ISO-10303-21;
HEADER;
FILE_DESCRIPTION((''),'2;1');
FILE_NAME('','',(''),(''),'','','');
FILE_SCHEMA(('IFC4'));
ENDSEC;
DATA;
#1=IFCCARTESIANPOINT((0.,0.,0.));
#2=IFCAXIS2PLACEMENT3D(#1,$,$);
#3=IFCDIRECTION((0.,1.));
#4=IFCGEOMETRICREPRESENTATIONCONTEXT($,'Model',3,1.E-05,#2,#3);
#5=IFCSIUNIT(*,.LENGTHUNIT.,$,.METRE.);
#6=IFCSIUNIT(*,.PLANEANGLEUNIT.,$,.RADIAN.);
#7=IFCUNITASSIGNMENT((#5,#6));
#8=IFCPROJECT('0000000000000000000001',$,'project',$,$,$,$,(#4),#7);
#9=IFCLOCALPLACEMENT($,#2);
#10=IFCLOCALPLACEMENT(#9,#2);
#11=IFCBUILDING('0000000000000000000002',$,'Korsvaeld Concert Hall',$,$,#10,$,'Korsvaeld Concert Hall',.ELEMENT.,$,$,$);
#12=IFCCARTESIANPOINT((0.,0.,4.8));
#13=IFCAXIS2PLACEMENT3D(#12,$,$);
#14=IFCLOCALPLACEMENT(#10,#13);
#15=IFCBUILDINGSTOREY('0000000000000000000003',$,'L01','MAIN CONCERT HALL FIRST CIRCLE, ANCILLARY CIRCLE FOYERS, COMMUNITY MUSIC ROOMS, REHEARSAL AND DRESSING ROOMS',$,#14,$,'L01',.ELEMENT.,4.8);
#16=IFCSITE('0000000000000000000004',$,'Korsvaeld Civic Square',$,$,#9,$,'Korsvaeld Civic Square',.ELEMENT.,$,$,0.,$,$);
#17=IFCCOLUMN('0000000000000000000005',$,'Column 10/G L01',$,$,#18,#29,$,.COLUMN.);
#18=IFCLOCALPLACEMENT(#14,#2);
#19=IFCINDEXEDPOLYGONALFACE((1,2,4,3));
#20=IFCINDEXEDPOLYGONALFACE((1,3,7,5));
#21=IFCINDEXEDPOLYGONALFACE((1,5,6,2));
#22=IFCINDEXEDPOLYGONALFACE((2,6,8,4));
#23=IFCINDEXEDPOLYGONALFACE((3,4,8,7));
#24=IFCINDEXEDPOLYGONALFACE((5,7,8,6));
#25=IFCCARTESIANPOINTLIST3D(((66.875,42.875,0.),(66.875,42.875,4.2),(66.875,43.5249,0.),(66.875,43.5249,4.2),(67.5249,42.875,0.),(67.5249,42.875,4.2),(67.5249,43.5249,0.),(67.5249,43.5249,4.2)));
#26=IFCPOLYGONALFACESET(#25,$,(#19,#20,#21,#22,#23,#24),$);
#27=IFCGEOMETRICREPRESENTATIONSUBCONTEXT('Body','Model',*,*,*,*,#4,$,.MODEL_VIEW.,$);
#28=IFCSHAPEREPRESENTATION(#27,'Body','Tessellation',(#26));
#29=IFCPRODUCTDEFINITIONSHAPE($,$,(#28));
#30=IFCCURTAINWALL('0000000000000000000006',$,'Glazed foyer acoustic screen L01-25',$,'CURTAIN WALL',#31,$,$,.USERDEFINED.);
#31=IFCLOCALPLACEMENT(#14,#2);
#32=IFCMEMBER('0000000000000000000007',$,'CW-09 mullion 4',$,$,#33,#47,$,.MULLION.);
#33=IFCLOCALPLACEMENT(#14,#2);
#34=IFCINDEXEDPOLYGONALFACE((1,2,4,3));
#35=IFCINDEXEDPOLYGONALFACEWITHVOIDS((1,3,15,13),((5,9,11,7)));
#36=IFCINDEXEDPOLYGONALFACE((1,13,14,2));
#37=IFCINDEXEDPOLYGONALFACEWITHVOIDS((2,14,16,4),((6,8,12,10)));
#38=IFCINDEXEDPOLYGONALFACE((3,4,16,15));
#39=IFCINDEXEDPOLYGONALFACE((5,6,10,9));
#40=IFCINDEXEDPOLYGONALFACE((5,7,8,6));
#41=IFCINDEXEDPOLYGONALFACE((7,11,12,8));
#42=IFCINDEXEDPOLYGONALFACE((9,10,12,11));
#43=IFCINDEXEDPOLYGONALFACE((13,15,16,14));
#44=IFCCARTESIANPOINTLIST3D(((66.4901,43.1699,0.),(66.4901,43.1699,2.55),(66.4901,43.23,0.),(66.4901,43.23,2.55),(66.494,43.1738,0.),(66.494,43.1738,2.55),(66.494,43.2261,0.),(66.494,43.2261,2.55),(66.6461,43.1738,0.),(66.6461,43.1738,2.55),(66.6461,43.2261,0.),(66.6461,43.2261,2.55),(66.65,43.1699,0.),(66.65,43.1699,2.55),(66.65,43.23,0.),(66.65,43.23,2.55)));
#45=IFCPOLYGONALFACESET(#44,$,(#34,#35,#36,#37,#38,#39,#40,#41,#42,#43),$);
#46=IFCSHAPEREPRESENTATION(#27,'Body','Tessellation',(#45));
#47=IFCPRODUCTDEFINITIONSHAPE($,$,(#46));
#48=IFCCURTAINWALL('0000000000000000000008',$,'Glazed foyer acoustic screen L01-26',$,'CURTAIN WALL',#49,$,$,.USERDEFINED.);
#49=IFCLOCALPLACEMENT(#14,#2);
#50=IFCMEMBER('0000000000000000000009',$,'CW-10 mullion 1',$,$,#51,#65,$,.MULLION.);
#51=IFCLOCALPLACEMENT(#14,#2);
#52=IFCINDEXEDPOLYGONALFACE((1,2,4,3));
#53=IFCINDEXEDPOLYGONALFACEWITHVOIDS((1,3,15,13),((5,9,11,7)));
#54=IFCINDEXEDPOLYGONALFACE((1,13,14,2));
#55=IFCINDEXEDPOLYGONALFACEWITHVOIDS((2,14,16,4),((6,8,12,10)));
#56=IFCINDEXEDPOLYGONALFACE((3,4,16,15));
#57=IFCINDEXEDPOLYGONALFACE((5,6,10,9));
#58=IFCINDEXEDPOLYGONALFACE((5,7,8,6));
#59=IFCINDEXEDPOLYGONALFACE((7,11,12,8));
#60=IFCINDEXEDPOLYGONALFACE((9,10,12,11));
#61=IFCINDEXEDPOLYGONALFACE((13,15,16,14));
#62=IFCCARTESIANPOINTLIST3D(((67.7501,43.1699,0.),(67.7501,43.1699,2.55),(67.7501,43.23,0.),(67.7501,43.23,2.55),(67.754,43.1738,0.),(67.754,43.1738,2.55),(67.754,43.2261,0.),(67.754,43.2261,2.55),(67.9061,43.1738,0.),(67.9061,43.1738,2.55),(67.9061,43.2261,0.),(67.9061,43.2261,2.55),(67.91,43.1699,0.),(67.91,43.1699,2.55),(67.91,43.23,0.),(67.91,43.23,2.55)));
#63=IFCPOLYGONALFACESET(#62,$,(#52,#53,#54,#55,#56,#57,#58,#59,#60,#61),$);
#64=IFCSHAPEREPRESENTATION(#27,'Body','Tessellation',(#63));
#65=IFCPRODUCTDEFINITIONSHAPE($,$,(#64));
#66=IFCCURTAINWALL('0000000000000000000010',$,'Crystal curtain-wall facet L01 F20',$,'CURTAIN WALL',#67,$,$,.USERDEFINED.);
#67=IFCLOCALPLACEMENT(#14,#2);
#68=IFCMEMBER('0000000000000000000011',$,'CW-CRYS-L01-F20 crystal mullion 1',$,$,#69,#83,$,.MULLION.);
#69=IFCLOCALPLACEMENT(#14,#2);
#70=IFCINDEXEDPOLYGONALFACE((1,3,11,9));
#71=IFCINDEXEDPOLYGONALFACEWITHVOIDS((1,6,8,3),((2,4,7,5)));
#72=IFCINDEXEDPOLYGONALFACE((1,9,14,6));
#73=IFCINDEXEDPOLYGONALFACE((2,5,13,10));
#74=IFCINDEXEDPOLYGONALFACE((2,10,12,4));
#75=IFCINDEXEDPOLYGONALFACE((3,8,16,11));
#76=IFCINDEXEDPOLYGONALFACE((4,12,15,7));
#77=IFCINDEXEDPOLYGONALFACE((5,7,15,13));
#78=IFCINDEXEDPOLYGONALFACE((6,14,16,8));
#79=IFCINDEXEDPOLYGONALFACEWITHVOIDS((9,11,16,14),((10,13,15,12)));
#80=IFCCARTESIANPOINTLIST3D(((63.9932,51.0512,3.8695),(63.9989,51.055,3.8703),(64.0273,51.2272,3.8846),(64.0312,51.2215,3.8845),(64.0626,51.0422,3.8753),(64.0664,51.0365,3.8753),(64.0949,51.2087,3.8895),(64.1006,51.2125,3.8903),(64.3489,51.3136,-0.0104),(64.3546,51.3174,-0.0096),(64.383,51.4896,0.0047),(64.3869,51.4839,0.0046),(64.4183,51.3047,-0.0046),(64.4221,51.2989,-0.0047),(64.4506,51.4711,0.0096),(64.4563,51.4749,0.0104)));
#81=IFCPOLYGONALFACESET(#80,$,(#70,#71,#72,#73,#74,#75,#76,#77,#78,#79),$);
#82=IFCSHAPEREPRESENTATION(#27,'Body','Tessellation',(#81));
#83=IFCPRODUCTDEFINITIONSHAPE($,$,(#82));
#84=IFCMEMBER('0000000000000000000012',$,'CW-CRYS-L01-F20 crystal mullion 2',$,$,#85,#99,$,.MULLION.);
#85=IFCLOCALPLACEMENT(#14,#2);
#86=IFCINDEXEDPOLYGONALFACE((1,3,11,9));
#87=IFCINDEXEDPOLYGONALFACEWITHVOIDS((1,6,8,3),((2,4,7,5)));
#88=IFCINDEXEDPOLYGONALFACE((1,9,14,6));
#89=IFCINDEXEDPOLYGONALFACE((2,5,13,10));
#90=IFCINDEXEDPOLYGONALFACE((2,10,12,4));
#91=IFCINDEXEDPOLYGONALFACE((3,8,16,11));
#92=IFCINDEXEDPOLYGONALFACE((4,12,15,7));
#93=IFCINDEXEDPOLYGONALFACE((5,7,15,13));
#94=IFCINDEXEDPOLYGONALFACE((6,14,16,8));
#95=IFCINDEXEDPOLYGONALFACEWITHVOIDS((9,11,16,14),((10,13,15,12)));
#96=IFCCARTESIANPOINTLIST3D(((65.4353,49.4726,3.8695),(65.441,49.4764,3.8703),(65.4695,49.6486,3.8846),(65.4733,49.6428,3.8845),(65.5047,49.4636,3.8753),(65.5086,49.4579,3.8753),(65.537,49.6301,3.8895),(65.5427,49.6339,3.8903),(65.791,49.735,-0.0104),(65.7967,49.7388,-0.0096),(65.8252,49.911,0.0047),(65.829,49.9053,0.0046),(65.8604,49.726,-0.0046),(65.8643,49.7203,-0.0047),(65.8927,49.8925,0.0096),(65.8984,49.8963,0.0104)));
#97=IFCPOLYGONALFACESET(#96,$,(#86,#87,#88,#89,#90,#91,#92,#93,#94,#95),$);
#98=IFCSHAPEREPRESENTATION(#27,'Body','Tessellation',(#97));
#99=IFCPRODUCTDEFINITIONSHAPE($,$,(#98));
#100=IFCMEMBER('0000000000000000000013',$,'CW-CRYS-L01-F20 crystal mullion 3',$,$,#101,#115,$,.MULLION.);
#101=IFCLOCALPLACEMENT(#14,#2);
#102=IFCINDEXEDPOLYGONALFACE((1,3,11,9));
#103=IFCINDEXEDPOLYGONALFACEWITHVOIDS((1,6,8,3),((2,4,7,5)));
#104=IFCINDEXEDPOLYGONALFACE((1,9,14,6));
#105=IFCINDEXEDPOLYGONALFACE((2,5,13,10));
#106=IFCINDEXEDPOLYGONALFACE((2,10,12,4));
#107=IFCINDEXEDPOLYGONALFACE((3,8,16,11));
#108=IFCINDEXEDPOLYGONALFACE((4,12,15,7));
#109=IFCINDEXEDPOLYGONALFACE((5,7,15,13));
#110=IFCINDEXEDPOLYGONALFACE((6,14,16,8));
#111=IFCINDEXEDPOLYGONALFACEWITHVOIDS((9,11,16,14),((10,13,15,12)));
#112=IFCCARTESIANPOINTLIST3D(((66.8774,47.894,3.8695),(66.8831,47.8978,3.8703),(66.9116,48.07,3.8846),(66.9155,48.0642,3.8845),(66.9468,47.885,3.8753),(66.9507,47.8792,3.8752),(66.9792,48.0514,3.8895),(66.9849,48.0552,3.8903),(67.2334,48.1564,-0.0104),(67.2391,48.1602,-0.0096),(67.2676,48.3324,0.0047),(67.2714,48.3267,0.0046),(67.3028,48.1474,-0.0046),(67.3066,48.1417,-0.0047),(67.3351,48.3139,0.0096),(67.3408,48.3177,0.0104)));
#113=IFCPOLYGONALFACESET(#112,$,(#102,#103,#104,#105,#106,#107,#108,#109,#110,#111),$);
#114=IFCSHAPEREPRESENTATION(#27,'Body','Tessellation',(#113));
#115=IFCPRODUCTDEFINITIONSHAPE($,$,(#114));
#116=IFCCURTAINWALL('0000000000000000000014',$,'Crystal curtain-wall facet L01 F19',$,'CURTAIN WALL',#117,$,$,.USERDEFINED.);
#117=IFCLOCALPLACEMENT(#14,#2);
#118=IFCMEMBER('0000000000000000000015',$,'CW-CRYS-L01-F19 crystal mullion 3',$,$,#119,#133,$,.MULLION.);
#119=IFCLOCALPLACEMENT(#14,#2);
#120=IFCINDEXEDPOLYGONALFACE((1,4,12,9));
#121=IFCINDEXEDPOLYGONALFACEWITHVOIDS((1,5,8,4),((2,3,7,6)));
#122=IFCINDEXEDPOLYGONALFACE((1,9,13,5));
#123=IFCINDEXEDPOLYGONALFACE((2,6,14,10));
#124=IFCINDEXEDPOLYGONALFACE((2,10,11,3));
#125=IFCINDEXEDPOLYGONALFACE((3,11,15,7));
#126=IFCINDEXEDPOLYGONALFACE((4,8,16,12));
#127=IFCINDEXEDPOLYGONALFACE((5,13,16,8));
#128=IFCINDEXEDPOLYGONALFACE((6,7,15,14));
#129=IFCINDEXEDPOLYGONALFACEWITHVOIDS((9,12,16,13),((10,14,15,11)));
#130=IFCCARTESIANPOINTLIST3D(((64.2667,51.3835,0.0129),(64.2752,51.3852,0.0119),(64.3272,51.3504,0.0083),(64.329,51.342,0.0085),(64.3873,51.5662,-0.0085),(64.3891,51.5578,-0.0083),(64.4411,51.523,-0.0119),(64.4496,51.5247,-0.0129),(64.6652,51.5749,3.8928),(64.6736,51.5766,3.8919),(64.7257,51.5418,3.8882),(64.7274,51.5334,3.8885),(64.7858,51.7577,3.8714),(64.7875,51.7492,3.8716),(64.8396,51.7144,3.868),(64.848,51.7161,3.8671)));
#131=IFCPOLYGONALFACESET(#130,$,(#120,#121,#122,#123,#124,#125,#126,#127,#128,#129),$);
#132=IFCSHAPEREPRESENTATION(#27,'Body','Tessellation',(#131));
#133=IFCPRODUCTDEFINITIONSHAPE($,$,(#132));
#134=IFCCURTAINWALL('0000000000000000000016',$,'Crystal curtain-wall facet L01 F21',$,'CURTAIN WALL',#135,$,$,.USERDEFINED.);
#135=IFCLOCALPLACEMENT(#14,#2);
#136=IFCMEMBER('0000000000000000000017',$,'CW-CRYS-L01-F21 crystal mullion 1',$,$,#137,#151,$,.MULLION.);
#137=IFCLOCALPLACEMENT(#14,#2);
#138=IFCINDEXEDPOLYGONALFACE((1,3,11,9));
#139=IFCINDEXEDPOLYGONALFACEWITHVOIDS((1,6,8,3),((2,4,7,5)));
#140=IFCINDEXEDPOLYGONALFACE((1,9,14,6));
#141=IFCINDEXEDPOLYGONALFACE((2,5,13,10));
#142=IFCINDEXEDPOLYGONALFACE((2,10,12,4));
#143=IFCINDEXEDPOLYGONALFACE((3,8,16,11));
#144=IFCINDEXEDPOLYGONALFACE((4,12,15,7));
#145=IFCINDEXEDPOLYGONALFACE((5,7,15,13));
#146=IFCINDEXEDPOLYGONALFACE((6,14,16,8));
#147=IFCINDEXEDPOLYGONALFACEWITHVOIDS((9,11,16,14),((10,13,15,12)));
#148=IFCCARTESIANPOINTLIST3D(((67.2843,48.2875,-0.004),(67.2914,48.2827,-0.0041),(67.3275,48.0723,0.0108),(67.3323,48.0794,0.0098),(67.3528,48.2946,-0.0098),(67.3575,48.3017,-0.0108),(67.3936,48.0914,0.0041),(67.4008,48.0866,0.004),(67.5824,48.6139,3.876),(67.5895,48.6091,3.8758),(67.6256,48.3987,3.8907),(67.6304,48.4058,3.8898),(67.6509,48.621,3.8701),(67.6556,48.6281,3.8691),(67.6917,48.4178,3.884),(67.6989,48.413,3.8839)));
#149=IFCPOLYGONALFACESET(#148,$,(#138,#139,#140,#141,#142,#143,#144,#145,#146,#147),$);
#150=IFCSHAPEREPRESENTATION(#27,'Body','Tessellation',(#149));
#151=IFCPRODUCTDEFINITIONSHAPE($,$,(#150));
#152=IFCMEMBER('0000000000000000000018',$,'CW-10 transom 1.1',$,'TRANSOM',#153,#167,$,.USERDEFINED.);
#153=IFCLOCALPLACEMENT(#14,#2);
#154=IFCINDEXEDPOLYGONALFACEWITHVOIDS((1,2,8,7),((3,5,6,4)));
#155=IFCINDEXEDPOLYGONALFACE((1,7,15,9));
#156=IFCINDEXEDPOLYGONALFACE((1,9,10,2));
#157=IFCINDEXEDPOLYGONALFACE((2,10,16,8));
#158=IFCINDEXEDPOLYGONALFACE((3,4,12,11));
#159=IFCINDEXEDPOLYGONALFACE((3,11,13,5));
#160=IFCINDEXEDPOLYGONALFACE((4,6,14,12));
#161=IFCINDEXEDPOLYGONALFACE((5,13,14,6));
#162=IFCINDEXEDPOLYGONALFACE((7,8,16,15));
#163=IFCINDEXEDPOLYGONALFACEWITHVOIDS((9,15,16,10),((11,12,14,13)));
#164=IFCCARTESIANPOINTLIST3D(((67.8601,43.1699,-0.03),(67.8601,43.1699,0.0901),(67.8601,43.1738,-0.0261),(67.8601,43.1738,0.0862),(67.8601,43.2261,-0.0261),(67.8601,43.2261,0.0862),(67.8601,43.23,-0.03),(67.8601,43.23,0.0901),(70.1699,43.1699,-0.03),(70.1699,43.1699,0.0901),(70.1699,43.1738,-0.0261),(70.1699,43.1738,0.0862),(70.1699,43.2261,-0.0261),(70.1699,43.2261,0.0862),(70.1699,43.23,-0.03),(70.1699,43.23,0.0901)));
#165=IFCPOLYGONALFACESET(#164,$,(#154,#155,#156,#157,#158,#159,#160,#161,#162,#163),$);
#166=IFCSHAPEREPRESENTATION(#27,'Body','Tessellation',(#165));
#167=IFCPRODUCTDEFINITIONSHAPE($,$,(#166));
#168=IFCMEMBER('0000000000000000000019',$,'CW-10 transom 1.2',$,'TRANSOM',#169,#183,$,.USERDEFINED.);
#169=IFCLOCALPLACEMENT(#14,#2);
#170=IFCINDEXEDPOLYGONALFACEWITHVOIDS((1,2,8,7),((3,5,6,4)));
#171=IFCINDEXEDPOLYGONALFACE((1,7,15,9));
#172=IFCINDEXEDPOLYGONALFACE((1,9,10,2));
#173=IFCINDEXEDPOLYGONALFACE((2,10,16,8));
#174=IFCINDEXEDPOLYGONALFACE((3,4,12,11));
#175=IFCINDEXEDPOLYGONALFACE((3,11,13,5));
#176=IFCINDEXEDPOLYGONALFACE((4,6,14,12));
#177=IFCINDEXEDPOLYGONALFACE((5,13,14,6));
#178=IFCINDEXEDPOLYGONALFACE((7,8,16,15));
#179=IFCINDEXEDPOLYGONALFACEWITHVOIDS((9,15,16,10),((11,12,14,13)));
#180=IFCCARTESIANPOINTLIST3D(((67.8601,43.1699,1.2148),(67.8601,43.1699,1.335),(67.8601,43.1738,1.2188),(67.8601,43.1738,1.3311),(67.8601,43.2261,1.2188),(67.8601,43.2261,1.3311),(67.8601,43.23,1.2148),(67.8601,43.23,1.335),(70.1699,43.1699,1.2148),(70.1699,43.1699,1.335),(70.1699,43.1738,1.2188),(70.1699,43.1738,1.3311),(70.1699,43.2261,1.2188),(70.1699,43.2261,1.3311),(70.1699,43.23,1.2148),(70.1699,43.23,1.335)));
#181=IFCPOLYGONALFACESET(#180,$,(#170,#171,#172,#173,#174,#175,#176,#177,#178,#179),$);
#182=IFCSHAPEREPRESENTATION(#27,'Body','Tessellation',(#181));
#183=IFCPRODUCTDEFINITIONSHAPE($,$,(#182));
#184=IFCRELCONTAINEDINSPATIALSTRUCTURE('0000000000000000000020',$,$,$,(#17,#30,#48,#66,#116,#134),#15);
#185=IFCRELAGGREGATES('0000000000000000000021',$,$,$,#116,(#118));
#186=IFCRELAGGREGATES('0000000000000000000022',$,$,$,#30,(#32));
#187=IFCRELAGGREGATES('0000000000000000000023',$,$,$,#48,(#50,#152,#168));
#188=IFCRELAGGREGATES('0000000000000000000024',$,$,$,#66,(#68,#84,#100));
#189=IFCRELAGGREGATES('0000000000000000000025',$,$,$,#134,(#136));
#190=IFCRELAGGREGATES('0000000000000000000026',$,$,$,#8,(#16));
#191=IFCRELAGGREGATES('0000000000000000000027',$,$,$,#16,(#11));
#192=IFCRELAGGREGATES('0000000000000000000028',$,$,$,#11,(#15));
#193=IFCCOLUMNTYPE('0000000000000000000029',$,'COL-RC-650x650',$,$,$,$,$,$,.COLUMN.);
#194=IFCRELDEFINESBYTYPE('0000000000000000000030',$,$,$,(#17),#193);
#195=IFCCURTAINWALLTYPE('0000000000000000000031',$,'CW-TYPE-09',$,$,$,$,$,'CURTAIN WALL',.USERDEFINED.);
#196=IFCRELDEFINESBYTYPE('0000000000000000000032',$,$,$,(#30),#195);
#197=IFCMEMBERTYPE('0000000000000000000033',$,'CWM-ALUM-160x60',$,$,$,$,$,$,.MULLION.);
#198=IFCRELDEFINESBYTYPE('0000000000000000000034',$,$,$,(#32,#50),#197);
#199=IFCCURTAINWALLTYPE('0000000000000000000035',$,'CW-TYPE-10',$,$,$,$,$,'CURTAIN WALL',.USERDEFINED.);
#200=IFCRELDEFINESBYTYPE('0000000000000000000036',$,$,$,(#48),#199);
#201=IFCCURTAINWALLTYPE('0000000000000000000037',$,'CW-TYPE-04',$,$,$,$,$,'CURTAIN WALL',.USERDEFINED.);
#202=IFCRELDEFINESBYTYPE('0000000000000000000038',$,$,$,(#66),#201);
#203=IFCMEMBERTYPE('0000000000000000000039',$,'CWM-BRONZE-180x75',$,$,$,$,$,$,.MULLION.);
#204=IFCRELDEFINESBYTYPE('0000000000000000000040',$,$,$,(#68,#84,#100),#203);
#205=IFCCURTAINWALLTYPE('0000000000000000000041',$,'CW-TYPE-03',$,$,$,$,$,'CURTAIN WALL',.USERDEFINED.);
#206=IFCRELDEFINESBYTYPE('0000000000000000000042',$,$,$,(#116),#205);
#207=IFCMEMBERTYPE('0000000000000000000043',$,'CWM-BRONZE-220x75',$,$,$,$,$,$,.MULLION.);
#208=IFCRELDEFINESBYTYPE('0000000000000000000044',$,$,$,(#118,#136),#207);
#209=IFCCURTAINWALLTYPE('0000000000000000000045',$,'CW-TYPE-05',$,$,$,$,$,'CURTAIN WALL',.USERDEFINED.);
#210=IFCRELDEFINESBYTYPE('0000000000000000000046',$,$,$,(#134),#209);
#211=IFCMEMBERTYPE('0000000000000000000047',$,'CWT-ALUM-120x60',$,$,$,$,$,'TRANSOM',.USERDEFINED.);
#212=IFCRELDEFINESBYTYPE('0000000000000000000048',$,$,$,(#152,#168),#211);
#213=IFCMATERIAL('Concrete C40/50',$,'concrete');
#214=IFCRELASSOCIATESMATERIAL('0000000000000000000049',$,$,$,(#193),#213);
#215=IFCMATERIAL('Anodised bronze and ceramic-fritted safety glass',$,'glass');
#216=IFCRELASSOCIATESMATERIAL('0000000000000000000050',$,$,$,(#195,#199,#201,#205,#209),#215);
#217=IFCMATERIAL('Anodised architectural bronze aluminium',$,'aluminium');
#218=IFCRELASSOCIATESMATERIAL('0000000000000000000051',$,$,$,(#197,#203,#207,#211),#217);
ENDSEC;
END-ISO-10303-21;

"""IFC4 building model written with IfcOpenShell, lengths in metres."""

from ifc_helpers import new_model, si_unit, direction, frame, origin, origin_2d, place, context, subcontext, project, spatial, rectangle, hollow_rectangle, extrude, material, material_profile, profile_set, type_object, element, aggregate, save


model = new_model("IFC4")

# Units and contexts
model_context = context("Model", 3, precision=1e-05, world=origin(), true_north=direction((0.0, 1.0)))
body_context = subcontext(model_context, "Body", "Model", "MODEL_VIEW")
ifc_project = project(units=[si_unit("LENGTHUNIT", "METRE"), si_unit("PLANEANGLEUNIT", "RADIAN")], contexts=[model_context])

# Site, building, storey
site_placement = place(None, origin())
site = spatial("IfcSite", under=ifc_project, at=site_placement, Name="Korsvaeld Civic Square", LongName="Korsvaeld Civic Square", CompositionType="ELEMENT", RefElevation=0.0)
building_placement = place(site_placement, origin())
building = spatial("IfcBuilding", under=site, at=building_placement, Name="Korsvaeld Concert Hall", LongName="Korsvaeld Concert Hall", CompositionType="ELEMENT")
storey_placement = place(building_placement, frame((0.0, 0.0, 4.8)))
storey = spatial("IfcBuildingStorey", under=building, at=storey_placement, Name="L01", Description="MAIN CONCERT HALL FIRST CIRCLE, ANCILLARY CIRCLE FOYERS, COMMUNITY MUSIC ROOMS, REHEARSAL AND DRESSING ROOMS", LongName="L01", CompositionType="ELEMENT", Elevation=4.8)

# Column
ifc_material_1 = material(Name="Concrete C40/50", Category="concrete")
ifc_material_profile_1 = material_profile(ifc_material_1, rectangle(XDim=0.6499, YDim=0.6499, at=origin_2d()), Name="RC 650x650")
ifc_profile_set_1 = profile_set([ifc_material_profile_1], Name="Concrete C40/50")
column_type = type_object("IfcColumnType", Name="COL-RC-650x650", PredefinedType="COLUMN", material=ifc_profile_set_1)
column_placement = place(storey_placement, frame((67.2, 43.2, 0.0), z_axis=(0.0, 0.0, 1.0), x_axis=(1.0, 0.0, 0.0)))
element("IfcColumn", 1, at=column_placement, inside=storey, type_object=column_type, Name="Column 10/G L01", PredefinedType="COLUMN", context=body_context, shape_type="SweptSolid", body=[
    extrude(rectangle(XDim=0.6499, YDim=0.6499, at=origin_2d()), origin(), (0.0, 0.0, 1.0), 4.2),
])

# Curtain walls, members
ifc_material_2 = material(Name="Anodised bronze and ceramic-fritted safety glass", Category="glass")
curtain_wall_type_1 = type_object("IfcCurtainWallType", Name="CW-TYPE-09", ElementType="CURTAIN WALL", PredefinedType="USERDEFINED", material=ifc_material_2)
curtain_wall_1_placement = place(storey_placement, origin())
curtain_wall_1 = element("IfcCurtainWall", 2, at=curtain_wall_1_placement, inside=storey, type_object=curtain_wall_type_1, Name="Glazed foyer acoustic screen L01-25", ObjectType="CURTAIN WALL", PredefinedType="USERDEFINED")
ifc_material_3 = material(Name="Anodised architectural bronze aluminium", Category="aluminium")
ifc_material_profile_2 = material_profile(ifc_material_3, hollow_rectangle(XDim=0.0601, YDim=0.1599, WallThickness=0.0039, at=origin_2d()), Name="CWM 160x60x4")
ifc_profile_set_2 = profile_set([ifc_material_profile_2], Name="Anodised architectural bronze aluminium")
member_type_1 = type_object("IfcMemberType", Name="CWM-ALUM-160x60", PredefinedType="MULLION", material=ifc_profile_set_2)
member_1_placement = place(storey_placement, frame((66.5701, 43.2, 0.0), z_axis=(0.0, 0.0, 1.0), x_axis=(0.0, 1.0, 0.0)))
member_1 = element("IfcMember", 3, at=member_1_placement, type_object=member_type_1, Name="CW-09 mullion 4", PredefinedType="MULLION", context=body_context, shape_type="SweptSolid", body=[
    extrude(hollow_rectangle(XDim=0.0601, YDim=0.1599, WallThickness=0.0039, at=origin_2d()), origin(), (0.0, 0.0, 1.0), 2.55),
])
curtain_wall_type_2 = type_object("IfcCurtainWallType", Name="CW-TYPE-10", ElementType="CURTAIN WALL", PredefinedType="USERDEFINED", material=ifc_material_2)
curtain_wall_2_placement = place(storey_placement, origin())
curtain_wall_2 = element("IfcCurtainWall", 4, at=curtain_wall_2_placement, inside=storey, type_object=curtain_wall_type_2, Name="Glazed foyer acoustic screen L01-26", ObjectType="CURTAIN WALL", PredefinedType="USERDEFINED")
member_2_placement = place(storey_placement, frame((67.8301, 43.2, 0.0), z_axis=(0.0, 0.0, 1.0), x_axis=(0.0, 1.0, 0.0)))
member_2 = element("IfcMember", 5, at=member_2_placement, type_object=member_type_1, Name="CW-10 mullion 1", PredefinedType="MULLION", context=body_context, shape_type="SweptSolid", body=[
    extrude(hollow_rectangle(XDim=0.0601, YDim=0.1599, WallThickness=0.0039, at=origin_2d()), origin(), (0.0, 0.0, 1.0), 2.55),
])

# Curtain wall, members
curtain_wall_type_3 = type_object("IfcCurtainWallType", Name="CW-TYPE-04", ElementType="CURTAIN WALL", PredefinedType="USERDEFINED", material=ifc_material_2)
curtain_wall_3_placement = place(storey_placement, origin())
curtain_wall_3 = element("IfcCurtainWall", 6, at=curtain_wall_3_placement, inside=storey, type_object=curtain_wall_type_3, Name="Crystal curtain-wall facet L01 F20", ObjectType="CURTAIN WALL", PredefinedType="USERDEFINED")
ifc_material_profile_3 = material_profile(ifc_material_3, hollow_rectangle(XDim=0.075, YDim=0.1799, WallThickness=0.0049, at=origin_2d()), Name="CWM 180x75x5")
ifc_profile_set_3 = profile_set([ifc_material_profile_3], Name="Anodised architectural bronze aluminium")
member_type_2 = type_object("IfcMemberType", Name="CWM-BRONZE-180x75", PredefinedType="MULLION", material=ifc_profile_set_3)
member_3_placement = place(storey_placement, frame((64.4026, 51.3943, 0.0), z_axis=(-0.091092, -0.067209, 0.993572), x_axis=(0.977585, -0.196208, 0.076354)))
member_3 = element("IfcMember", 7, at=member_3_placement, type_object=member_type_2, Name="CW-CRYS-L01-F20 crystal mullion 1", PredefinedType="MULLION", context=body_context, shape_type="SweptSolid", body=[
    extrude(hollow_rectangle(XDim=0.075, YDim=0.1799, WallThickness=0.0049, at=origin_2d()), origin(), (0.0, 0.0, 1.0), 3.905),
])
member_4_placement = place(storey_placement, frame((65.8447, 49.8157, 0.0), z_axis=(-0.091092, -0.067209, 0.993572), x_axis=(0.977585, -0.196208, 0.076354)))
member_4 = element("IfcMember", 8, at=member_4_placement, type_object=member_type_2, Name="CW-CRYS-L01-F20 crystal mullion 2", PredefinedType="MULLION", context=body_context, shape_type="SweptSolid", body=[
    extrude(hollow_rectangle(XDim=0.075, YDim=0.1799, WallThickness=0.0049, at=origin_2d()), origin(), (0.0, 0.0, 1.0), 3.905),
])
member_5_placement = place(storey_placement, frame((67.2871, 48.2371, 0.0), z_axis=(-0.091154, -0.067209, 0.993566), x_axis=(0.977518, -0.196531, 0.076388)))
member_5 = element("IfcMember", 9, at=member_5_placement, type_object=member_type_2, Name="CW-CRYS-L01-F20 crystal mullion 3", PredefinedType="MULLION", context=body_context, shape_type="SweptSolid", body=[
    extrude(hollow_rectangle(XDim=0.075, YDim=0.1799, WallThickness=0.0049, at=origin_2d()), origin(), (0.0, 0.0, 1.0), 3.905),
])

# Curtain walls, members
curtain_wall_type_4 = type_object("IfcCurtainWallType", Name="CW-TYPE-03", ElementType="CURTAIN WALL", PredefinedType="USERDEFINED", material=ifc_material_2)
curtain_wall_4_placement = place(storey_placement, origin())
curtain_wall_4 = element("IfcCurtainWall", 10, at=curtain_wall_4_placement, inside=storey, type_object=curtain_wall_type_4, Name="Crystal curtain-wall facet L01 F19", ObjectType="CURTAIN WALL", PredefinedType="USERDEFINED")
ifc_material_profile_4 = material_profile(ifc_material_3, hollow_rectangle(XDim=0.075, YDim=0.22, WallThickness=0.0061, at=origin_2d()), Name="CWM 220x75x6")
ifc_profile_set_4 = profile_set([ifc_material_profile_4], Name="Anodised architectural bronze aluminium")
member_type_3 = type_object("IfcMemberType", Name="CWM-BRONZE-220x75", PredefinedType="MULLION", material=ifc_profile_set_4)
member_6_placement = place(storey_placement, frame((64.3582, 51.4541, 0.0), z_axis=(0.102033, 0.049016, 0.993573), x_axis=(-0.830086, 0.554624, 0.057883)))
member_6 = element("IfcMember", 11, at=member_6_placement, type_object=member_type_3, Name="CW-CRYS-L01-F19 crystal mullion 3", PredefinedType="MULLION", context=body_context, shape_type="SweptSolid", body=[
    extrude(hollow_rectangle(XDim=0.075, YDim=0.22, WallThickness=0.0061, at=origin_2d()), origin(), (0.0, 0.0, 1.0), 3.905),
])
aggregate(curtain_wall_4, [member_6])
curtain_wall_type_5 = type_object("IfcCurtainWallType", Name="CW-TYPE-05", ElementType="CURTAIN WALL", PredefinedType="USERDEFINED", material=ifc_material_2)
curtain_wall_5_placement = place(storey_placement, origin())
curtain_wall_5 = element("IfcCurtainWall", 12, at=curtain_wall_5_placement, inside=storey, type_object=curtain_wall_type_5, Name="Crystal curtain-wall facet L01 F21", ObjectType="CURTAIN WALL", PredefinedType="USERDEFINED")
member_7_placement = place(storey_placement, frame((67.3425, 48.187, 0.0), z_axis=(0.076337, 0.08359, 0.993572), x_axis=(-0.977475, -0.190372, 0.091116)))
member_7 = element("IfcMember", 13, at=member_7_placement, type_object=member_type_3, Name="CW-CRYS-L01-F21 crystal mullion 1", PredefinedType="MULLION", context=body_context, shape_type="SweptSolid", body=[
    extrude(hollow_rectangle(XDim=0.075, YDim=0.22, WallThickness=0.0061, at=origin_2d()), origin(), (0.0, 0.0, 1.0), 3.905),
])

# Members
ifc_material_profile_5 = material_profile(ifc_material_3, hollow_rectangle(XDim=0.0601, YDim=0.1201, WallThickness=0.0039, at=origin_2d()), Name="CWT 120x60x4")
ifc_profile_set_5 = profile_set([ifc_material_profile_5], Name="Anodised architectural bronze aluminium")
member_type_4 = type_object("IfcMemberType", Name="CWT-ALUM-120x60", ElementType="TRANSOM", PredefinedType="USERDEFINED", material=ifc_profile_set_5)
member_8_placement = place(storey_placement, frame((67.8601, 43.2, 0.03), z_axis=(1.0, 0.0, 0.0), x_axis=(0.0, 1.0, 0.0)))
member_8 = element("IfcMember", 14, at=member_8_placement, type_object=member_type_4, Name="CW-10 transom 1.1", ObjectType="TRANSOM", PredefinedType="USERDEFINED", context=body_context, shape_type="SweptSolid", body=[
    extrude(hollow_rectangle(XDim=0.0601, YDim=0.1201, WallThickness=0.0039, at=origin_2d()), origin(), (0.0, 0.0, 1.0), 2.3098),
])
member_9_placement = place(storey_placement, frame((67.8601, 43.2, 1.2749), z_axis=(1.0, 0.0, 0.0), x_axis=(0.0, 1.0, 0.0)))
member_9 = element("IfcMember", 15, at=member_9_placement, type_object=member_type_4, Name="CW-10 transom 1.2", ObjectType="TRANSOM", PredefinedType="USERDEFINED", context=body_context, shape_type="SweptSolid", body=[
    extrude(hollow_rectangle(XDim=0.0601, YDim=0.1201, WallThickness=0.0039, at=origin_2d()), origin(), (0.0, 0.0, 1.0), 2.3098),
])

aggregate(curtain_wall_1, [member_1])
aggregate(curtain_wall_2, [member_2, member_8, member_9])
aggregate(curtain_wall_3, [member_3, member_4, member_5])
aggregate(curtain_wall_5, [member_7])

save(model, "model.ifc")
